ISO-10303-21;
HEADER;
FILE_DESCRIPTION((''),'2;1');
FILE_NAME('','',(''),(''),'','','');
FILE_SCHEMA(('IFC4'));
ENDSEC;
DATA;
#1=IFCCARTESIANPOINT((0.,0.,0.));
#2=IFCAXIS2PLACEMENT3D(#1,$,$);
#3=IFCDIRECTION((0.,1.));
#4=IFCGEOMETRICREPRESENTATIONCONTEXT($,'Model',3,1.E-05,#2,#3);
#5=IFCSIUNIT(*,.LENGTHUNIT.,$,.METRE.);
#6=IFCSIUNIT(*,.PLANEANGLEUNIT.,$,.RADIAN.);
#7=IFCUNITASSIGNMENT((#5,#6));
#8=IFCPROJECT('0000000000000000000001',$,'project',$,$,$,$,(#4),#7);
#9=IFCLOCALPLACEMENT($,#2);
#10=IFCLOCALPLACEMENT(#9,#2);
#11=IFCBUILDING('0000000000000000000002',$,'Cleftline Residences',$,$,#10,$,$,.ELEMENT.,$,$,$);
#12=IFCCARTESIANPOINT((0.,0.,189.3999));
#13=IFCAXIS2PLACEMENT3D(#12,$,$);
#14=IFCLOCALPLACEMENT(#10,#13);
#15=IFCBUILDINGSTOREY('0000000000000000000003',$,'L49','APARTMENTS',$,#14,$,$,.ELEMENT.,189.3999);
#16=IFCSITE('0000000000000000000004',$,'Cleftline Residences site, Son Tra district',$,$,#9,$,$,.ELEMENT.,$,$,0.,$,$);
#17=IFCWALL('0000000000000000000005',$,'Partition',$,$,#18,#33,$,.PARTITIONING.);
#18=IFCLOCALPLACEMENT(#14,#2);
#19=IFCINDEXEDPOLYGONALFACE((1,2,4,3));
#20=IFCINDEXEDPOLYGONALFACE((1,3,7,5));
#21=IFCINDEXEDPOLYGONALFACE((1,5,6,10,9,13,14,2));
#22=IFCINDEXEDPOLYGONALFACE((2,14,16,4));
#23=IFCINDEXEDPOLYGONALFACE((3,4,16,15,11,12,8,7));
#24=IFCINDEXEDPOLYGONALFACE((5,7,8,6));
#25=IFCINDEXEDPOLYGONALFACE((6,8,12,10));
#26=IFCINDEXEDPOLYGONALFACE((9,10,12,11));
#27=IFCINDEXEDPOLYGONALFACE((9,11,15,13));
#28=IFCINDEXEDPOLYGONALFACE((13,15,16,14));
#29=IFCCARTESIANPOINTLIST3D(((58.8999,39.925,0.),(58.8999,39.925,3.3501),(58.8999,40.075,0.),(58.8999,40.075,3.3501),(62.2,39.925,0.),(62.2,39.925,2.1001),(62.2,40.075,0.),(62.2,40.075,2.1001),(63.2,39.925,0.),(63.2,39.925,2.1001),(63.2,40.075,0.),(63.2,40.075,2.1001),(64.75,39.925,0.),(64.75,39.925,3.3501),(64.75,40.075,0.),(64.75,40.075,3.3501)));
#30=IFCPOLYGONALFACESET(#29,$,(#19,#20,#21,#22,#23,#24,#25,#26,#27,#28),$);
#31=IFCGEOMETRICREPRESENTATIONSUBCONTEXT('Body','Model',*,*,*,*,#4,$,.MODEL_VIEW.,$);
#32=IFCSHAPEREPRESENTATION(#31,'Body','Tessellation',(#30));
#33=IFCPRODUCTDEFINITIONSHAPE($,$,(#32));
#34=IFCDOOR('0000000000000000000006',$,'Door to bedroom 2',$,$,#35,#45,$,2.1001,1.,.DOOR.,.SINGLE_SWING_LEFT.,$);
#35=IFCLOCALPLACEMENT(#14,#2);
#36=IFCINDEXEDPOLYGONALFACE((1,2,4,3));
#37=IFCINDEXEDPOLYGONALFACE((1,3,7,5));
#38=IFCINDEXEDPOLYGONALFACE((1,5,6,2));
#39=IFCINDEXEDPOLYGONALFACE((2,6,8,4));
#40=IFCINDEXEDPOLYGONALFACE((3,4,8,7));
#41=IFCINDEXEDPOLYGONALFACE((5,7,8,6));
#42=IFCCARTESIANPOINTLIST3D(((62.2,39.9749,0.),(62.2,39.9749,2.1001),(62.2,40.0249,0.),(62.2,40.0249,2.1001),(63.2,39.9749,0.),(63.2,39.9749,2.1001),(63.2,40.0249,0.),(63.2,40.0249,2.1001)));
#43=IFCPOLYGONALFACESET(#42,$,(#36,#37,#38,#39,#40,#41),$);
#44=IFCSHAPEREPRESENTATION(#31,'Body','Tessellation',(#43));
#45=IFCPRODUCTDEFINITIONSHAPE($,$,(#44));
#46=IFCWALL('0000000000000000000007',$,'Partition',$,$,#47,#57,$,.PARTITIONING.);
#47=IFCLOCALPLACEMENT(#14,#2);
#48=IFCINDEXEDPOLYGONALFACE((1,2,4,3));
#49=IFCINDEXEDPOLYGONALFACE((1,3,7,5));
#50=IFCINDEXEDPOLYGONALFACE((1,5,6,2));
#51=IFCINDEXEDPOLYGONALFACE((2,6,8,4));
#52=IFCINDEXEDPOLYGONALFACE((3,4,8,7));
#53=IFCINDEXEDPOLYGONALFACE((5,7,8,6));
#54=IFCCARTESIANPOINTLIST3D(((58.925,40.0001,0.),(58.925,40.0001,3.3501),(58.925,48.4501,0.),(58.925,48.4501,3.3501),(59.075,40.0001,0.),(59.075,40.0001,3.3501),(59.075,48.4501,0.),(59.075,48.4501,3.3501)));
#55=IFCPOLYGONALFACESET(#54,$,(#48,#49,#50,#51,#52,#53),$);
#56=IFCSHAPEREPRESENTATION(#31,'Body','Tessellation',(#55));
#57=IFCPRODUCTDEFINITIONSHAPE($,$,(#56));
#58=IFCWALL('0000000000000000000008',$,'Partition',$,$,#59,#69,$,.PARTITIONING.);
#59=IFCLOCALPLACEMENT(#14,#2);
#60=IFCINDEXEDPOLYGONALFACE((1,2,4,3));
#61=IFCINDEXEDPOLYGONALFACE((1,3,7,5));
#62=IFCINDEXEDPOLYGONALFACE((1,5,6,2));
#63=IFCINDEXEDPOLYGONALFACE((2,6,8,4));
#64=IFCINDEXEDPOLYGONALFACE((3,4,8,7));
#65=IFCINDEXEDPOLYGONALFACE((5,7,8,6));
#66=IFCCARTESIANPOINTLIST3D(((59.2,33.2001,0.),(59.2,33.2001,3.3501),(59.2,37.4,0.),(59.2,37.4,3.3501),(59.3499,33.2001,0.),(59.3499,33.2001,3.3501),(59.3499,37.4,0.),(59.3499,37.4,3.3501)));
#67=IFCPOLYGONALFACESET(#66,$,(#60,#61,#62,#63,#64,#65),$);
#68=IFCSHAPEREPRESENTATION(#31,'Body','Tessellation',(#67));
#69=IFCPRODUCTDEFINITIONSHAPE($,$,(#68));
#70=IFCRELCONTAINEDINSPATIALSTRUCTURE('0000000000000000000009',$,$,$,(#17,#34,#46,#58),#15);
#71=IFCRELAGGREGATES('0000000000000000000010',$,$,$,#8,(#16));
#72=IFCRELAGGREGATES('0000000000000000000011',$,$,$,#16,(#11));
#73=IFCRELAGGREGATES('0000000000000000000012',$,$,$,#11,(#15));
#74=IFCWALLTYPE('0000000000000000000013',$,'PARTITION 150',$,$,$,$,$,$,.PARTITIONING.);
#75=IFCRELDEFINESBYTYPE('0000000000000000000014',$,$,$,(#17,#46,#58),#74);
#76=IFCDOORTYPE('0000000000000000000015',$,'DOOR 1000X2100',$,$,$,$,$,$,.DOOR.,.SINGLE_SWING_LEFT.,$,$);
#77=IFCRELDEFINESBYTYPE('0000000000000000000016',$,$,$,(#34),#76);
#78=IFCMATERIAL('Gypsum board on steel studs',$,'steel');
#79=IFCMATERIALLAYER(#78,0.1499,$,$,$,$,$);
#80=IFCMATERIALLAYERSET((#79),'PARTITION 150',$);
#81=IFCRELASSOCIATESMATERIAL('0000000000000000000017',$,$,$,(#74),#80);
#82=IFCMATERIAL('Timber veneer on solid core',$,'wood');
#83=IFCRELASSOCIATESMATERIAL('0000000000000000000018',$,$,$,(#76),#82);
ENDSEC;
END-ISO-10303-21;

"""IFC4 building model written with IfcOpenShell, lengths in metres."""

from ifc_helpers import new_model, si_unit, direction, frame, frame_2d, origin, place, context, subcontext, project, spatial, rectangle, extrude, material, layer, layer_set, type_object, element, fill, save


model = new_model("IFC4")

# Units and contexts
model_context = context("Model", 3, precision=1e-05, world=origin(), true_north=direction((0.0, 1.0)))
body_context = subcontext(model_context, "Body", "Model", "MODEL_VIEW")
ifc_project = project(units=[si_unit("LENGTHUNIT", "METRE"), si_unit("PLANEANGLEUNIT", "RADIAN")], contexts=[model_context])

# Site, building, storey
site_placement = place(None, origin())
site = spatial("IfcSite", under=ifc_project, at=site_placement, Name="Cleftline Residences site, Son Tra district", CompositionType="ELEMENT", RefElevation=0.0)
building_placement = place(site_placement, origin())
building = spatial("IfcBuilding", under=site, at=building_placement, Name="Cleftline Residences", CompositionType="ELEMENT")
storey_placement = place(building_placement, frame((0.0, 0.0, 189.3999)))
storey = spatial("IfcBuildingStorey", under=building, at=storey_placement, Name="L49", Description="APARTMENTS", CompositionType="ELEMENT", Elevation=189.3999)

# Shared definitions
ifc_material_1 = material(Name="Gypsum board on steel studs", Category="steel")
ifc_layer = layer(ifc_material_1, 0.1499)
ifc_layer_set = layer_set([ifc_layer], Name="PARTITION 150")
wall_type = type_object("IfcWallType", Name="PARTITION 150", PredefinedType="PARTITIONING", material=ifc_layer_set)

# Wall, opening, door
wall_1_placement = place(storey_placement, frame((58.8999, 40.0, 0.0), z_axis=(0.0, 0.0, 1.0), x_axis=(1.0, 0.0, 0.0)))
wall_1 = element("IfcWall", 1, at=wall_1_placement, inside=storey, type_object=wall_type, Name="Partition", PredefinedType="PARTITIONING", context=body_context, shape_type="SweptSolid", body=[
    extrude(rectangle(XDim=5.8501, YDim=0.1499, at=frame_2d((2.925, 0.0))), origin(), (0.0, 0.0, 1.0), 3.3501),
])
opening_placement = place(wall_1_placement, frame((3.3, 0.0, 0.0)))
opening = element("IfcOpeningElement", 2, at=opening_placement, cuts=wall_1, PredefinedType="OPENING", context=body_context, shape_type="SweptSolid", body=[
    extrude(rectangle(XDim=1.0, YDim=2.1001, at=frame_2d((0.5, 1.05))), frame((0.0, 0.085, 0.0), z_axis=(0.0, -1.0, 0.0), x_axis=(1.0, 0.0, 0.0)), (0.0, 0.0, 1.0), 0.1699),
])
ifc_material_2 = material(Name="Timber veneer on solid core", Category="wood")
door_type = type_object("IfcDoorType", Name="DOOR 1000X2100", OperationType="SINGLE_SWING_LEFT", PredefinedType="DOOR", material=ifc_material_2)
door_placement = place(opening_placement, origin())
door = element("IfcDoor", 3, at=door_placement, inside=storey, type_object=door_type, Name="Door to bedroom 2", OperationType="SINGLE_SWING_LEFT", OverallHeight=2.1001, OverallWidth=1.0, PredefinedType="DOOR", context=body_context, shape_type="SweptSolid", body=[
    extrude(rectangle(XDim=1.0, YDim=2.1001, at=frame_2d((0.5, 1.05))), frame((0.0, 0.0249, 0.0), z_axis=(0.0, -1.0, 0.0), x_axis=(1.0, 0.0, 0.0)), (0.0, 0.0, 1.0), 0.05),
])
fill(opening, door)

# Walls
wall_2_placement = place(storey_placement, frame((59.0, 40.0, 0.0), z_axis=(0.0, 0.0, 1.0), x_axis=(0.0, 1.0, 0.0)))
element("IfcWall", 4, at=wall_2_placement, inside=storey, type_object=wall_type, Name="Partition", PredefinedType="PARTITIONING", context=body_context, shape_type="SweptSolid", body=[
    extrude(rectangle(XDim=8.45, YDim=0.1499, at=frame_2d((4.2251, 0.0))), origin(), (0.0, 0.0, 1.0), 3.3501),
])
wall_3_placement = place(storey_placement, frame((59.2749, 33.2, 0.0), z_axis=(0.0, 0.0, 1.0), x_axis=(0.0, 1.0, 0.0)))
element("IfcWall", 5, at=wall_3_placement, inside=storey, type_object=wall_type, Name="Partition", PredefinedType="PARTITIONING", context=body_context, shape_type="SweptSolid", body=[
    extrude(rectangle(XDim=4.2, YDim=0.1499, at=frame_2d((2.1001, 0.0))), origin(), (0.0, 0.0, 1.0), 3.3501),
])

save(model, "model.ifc")
